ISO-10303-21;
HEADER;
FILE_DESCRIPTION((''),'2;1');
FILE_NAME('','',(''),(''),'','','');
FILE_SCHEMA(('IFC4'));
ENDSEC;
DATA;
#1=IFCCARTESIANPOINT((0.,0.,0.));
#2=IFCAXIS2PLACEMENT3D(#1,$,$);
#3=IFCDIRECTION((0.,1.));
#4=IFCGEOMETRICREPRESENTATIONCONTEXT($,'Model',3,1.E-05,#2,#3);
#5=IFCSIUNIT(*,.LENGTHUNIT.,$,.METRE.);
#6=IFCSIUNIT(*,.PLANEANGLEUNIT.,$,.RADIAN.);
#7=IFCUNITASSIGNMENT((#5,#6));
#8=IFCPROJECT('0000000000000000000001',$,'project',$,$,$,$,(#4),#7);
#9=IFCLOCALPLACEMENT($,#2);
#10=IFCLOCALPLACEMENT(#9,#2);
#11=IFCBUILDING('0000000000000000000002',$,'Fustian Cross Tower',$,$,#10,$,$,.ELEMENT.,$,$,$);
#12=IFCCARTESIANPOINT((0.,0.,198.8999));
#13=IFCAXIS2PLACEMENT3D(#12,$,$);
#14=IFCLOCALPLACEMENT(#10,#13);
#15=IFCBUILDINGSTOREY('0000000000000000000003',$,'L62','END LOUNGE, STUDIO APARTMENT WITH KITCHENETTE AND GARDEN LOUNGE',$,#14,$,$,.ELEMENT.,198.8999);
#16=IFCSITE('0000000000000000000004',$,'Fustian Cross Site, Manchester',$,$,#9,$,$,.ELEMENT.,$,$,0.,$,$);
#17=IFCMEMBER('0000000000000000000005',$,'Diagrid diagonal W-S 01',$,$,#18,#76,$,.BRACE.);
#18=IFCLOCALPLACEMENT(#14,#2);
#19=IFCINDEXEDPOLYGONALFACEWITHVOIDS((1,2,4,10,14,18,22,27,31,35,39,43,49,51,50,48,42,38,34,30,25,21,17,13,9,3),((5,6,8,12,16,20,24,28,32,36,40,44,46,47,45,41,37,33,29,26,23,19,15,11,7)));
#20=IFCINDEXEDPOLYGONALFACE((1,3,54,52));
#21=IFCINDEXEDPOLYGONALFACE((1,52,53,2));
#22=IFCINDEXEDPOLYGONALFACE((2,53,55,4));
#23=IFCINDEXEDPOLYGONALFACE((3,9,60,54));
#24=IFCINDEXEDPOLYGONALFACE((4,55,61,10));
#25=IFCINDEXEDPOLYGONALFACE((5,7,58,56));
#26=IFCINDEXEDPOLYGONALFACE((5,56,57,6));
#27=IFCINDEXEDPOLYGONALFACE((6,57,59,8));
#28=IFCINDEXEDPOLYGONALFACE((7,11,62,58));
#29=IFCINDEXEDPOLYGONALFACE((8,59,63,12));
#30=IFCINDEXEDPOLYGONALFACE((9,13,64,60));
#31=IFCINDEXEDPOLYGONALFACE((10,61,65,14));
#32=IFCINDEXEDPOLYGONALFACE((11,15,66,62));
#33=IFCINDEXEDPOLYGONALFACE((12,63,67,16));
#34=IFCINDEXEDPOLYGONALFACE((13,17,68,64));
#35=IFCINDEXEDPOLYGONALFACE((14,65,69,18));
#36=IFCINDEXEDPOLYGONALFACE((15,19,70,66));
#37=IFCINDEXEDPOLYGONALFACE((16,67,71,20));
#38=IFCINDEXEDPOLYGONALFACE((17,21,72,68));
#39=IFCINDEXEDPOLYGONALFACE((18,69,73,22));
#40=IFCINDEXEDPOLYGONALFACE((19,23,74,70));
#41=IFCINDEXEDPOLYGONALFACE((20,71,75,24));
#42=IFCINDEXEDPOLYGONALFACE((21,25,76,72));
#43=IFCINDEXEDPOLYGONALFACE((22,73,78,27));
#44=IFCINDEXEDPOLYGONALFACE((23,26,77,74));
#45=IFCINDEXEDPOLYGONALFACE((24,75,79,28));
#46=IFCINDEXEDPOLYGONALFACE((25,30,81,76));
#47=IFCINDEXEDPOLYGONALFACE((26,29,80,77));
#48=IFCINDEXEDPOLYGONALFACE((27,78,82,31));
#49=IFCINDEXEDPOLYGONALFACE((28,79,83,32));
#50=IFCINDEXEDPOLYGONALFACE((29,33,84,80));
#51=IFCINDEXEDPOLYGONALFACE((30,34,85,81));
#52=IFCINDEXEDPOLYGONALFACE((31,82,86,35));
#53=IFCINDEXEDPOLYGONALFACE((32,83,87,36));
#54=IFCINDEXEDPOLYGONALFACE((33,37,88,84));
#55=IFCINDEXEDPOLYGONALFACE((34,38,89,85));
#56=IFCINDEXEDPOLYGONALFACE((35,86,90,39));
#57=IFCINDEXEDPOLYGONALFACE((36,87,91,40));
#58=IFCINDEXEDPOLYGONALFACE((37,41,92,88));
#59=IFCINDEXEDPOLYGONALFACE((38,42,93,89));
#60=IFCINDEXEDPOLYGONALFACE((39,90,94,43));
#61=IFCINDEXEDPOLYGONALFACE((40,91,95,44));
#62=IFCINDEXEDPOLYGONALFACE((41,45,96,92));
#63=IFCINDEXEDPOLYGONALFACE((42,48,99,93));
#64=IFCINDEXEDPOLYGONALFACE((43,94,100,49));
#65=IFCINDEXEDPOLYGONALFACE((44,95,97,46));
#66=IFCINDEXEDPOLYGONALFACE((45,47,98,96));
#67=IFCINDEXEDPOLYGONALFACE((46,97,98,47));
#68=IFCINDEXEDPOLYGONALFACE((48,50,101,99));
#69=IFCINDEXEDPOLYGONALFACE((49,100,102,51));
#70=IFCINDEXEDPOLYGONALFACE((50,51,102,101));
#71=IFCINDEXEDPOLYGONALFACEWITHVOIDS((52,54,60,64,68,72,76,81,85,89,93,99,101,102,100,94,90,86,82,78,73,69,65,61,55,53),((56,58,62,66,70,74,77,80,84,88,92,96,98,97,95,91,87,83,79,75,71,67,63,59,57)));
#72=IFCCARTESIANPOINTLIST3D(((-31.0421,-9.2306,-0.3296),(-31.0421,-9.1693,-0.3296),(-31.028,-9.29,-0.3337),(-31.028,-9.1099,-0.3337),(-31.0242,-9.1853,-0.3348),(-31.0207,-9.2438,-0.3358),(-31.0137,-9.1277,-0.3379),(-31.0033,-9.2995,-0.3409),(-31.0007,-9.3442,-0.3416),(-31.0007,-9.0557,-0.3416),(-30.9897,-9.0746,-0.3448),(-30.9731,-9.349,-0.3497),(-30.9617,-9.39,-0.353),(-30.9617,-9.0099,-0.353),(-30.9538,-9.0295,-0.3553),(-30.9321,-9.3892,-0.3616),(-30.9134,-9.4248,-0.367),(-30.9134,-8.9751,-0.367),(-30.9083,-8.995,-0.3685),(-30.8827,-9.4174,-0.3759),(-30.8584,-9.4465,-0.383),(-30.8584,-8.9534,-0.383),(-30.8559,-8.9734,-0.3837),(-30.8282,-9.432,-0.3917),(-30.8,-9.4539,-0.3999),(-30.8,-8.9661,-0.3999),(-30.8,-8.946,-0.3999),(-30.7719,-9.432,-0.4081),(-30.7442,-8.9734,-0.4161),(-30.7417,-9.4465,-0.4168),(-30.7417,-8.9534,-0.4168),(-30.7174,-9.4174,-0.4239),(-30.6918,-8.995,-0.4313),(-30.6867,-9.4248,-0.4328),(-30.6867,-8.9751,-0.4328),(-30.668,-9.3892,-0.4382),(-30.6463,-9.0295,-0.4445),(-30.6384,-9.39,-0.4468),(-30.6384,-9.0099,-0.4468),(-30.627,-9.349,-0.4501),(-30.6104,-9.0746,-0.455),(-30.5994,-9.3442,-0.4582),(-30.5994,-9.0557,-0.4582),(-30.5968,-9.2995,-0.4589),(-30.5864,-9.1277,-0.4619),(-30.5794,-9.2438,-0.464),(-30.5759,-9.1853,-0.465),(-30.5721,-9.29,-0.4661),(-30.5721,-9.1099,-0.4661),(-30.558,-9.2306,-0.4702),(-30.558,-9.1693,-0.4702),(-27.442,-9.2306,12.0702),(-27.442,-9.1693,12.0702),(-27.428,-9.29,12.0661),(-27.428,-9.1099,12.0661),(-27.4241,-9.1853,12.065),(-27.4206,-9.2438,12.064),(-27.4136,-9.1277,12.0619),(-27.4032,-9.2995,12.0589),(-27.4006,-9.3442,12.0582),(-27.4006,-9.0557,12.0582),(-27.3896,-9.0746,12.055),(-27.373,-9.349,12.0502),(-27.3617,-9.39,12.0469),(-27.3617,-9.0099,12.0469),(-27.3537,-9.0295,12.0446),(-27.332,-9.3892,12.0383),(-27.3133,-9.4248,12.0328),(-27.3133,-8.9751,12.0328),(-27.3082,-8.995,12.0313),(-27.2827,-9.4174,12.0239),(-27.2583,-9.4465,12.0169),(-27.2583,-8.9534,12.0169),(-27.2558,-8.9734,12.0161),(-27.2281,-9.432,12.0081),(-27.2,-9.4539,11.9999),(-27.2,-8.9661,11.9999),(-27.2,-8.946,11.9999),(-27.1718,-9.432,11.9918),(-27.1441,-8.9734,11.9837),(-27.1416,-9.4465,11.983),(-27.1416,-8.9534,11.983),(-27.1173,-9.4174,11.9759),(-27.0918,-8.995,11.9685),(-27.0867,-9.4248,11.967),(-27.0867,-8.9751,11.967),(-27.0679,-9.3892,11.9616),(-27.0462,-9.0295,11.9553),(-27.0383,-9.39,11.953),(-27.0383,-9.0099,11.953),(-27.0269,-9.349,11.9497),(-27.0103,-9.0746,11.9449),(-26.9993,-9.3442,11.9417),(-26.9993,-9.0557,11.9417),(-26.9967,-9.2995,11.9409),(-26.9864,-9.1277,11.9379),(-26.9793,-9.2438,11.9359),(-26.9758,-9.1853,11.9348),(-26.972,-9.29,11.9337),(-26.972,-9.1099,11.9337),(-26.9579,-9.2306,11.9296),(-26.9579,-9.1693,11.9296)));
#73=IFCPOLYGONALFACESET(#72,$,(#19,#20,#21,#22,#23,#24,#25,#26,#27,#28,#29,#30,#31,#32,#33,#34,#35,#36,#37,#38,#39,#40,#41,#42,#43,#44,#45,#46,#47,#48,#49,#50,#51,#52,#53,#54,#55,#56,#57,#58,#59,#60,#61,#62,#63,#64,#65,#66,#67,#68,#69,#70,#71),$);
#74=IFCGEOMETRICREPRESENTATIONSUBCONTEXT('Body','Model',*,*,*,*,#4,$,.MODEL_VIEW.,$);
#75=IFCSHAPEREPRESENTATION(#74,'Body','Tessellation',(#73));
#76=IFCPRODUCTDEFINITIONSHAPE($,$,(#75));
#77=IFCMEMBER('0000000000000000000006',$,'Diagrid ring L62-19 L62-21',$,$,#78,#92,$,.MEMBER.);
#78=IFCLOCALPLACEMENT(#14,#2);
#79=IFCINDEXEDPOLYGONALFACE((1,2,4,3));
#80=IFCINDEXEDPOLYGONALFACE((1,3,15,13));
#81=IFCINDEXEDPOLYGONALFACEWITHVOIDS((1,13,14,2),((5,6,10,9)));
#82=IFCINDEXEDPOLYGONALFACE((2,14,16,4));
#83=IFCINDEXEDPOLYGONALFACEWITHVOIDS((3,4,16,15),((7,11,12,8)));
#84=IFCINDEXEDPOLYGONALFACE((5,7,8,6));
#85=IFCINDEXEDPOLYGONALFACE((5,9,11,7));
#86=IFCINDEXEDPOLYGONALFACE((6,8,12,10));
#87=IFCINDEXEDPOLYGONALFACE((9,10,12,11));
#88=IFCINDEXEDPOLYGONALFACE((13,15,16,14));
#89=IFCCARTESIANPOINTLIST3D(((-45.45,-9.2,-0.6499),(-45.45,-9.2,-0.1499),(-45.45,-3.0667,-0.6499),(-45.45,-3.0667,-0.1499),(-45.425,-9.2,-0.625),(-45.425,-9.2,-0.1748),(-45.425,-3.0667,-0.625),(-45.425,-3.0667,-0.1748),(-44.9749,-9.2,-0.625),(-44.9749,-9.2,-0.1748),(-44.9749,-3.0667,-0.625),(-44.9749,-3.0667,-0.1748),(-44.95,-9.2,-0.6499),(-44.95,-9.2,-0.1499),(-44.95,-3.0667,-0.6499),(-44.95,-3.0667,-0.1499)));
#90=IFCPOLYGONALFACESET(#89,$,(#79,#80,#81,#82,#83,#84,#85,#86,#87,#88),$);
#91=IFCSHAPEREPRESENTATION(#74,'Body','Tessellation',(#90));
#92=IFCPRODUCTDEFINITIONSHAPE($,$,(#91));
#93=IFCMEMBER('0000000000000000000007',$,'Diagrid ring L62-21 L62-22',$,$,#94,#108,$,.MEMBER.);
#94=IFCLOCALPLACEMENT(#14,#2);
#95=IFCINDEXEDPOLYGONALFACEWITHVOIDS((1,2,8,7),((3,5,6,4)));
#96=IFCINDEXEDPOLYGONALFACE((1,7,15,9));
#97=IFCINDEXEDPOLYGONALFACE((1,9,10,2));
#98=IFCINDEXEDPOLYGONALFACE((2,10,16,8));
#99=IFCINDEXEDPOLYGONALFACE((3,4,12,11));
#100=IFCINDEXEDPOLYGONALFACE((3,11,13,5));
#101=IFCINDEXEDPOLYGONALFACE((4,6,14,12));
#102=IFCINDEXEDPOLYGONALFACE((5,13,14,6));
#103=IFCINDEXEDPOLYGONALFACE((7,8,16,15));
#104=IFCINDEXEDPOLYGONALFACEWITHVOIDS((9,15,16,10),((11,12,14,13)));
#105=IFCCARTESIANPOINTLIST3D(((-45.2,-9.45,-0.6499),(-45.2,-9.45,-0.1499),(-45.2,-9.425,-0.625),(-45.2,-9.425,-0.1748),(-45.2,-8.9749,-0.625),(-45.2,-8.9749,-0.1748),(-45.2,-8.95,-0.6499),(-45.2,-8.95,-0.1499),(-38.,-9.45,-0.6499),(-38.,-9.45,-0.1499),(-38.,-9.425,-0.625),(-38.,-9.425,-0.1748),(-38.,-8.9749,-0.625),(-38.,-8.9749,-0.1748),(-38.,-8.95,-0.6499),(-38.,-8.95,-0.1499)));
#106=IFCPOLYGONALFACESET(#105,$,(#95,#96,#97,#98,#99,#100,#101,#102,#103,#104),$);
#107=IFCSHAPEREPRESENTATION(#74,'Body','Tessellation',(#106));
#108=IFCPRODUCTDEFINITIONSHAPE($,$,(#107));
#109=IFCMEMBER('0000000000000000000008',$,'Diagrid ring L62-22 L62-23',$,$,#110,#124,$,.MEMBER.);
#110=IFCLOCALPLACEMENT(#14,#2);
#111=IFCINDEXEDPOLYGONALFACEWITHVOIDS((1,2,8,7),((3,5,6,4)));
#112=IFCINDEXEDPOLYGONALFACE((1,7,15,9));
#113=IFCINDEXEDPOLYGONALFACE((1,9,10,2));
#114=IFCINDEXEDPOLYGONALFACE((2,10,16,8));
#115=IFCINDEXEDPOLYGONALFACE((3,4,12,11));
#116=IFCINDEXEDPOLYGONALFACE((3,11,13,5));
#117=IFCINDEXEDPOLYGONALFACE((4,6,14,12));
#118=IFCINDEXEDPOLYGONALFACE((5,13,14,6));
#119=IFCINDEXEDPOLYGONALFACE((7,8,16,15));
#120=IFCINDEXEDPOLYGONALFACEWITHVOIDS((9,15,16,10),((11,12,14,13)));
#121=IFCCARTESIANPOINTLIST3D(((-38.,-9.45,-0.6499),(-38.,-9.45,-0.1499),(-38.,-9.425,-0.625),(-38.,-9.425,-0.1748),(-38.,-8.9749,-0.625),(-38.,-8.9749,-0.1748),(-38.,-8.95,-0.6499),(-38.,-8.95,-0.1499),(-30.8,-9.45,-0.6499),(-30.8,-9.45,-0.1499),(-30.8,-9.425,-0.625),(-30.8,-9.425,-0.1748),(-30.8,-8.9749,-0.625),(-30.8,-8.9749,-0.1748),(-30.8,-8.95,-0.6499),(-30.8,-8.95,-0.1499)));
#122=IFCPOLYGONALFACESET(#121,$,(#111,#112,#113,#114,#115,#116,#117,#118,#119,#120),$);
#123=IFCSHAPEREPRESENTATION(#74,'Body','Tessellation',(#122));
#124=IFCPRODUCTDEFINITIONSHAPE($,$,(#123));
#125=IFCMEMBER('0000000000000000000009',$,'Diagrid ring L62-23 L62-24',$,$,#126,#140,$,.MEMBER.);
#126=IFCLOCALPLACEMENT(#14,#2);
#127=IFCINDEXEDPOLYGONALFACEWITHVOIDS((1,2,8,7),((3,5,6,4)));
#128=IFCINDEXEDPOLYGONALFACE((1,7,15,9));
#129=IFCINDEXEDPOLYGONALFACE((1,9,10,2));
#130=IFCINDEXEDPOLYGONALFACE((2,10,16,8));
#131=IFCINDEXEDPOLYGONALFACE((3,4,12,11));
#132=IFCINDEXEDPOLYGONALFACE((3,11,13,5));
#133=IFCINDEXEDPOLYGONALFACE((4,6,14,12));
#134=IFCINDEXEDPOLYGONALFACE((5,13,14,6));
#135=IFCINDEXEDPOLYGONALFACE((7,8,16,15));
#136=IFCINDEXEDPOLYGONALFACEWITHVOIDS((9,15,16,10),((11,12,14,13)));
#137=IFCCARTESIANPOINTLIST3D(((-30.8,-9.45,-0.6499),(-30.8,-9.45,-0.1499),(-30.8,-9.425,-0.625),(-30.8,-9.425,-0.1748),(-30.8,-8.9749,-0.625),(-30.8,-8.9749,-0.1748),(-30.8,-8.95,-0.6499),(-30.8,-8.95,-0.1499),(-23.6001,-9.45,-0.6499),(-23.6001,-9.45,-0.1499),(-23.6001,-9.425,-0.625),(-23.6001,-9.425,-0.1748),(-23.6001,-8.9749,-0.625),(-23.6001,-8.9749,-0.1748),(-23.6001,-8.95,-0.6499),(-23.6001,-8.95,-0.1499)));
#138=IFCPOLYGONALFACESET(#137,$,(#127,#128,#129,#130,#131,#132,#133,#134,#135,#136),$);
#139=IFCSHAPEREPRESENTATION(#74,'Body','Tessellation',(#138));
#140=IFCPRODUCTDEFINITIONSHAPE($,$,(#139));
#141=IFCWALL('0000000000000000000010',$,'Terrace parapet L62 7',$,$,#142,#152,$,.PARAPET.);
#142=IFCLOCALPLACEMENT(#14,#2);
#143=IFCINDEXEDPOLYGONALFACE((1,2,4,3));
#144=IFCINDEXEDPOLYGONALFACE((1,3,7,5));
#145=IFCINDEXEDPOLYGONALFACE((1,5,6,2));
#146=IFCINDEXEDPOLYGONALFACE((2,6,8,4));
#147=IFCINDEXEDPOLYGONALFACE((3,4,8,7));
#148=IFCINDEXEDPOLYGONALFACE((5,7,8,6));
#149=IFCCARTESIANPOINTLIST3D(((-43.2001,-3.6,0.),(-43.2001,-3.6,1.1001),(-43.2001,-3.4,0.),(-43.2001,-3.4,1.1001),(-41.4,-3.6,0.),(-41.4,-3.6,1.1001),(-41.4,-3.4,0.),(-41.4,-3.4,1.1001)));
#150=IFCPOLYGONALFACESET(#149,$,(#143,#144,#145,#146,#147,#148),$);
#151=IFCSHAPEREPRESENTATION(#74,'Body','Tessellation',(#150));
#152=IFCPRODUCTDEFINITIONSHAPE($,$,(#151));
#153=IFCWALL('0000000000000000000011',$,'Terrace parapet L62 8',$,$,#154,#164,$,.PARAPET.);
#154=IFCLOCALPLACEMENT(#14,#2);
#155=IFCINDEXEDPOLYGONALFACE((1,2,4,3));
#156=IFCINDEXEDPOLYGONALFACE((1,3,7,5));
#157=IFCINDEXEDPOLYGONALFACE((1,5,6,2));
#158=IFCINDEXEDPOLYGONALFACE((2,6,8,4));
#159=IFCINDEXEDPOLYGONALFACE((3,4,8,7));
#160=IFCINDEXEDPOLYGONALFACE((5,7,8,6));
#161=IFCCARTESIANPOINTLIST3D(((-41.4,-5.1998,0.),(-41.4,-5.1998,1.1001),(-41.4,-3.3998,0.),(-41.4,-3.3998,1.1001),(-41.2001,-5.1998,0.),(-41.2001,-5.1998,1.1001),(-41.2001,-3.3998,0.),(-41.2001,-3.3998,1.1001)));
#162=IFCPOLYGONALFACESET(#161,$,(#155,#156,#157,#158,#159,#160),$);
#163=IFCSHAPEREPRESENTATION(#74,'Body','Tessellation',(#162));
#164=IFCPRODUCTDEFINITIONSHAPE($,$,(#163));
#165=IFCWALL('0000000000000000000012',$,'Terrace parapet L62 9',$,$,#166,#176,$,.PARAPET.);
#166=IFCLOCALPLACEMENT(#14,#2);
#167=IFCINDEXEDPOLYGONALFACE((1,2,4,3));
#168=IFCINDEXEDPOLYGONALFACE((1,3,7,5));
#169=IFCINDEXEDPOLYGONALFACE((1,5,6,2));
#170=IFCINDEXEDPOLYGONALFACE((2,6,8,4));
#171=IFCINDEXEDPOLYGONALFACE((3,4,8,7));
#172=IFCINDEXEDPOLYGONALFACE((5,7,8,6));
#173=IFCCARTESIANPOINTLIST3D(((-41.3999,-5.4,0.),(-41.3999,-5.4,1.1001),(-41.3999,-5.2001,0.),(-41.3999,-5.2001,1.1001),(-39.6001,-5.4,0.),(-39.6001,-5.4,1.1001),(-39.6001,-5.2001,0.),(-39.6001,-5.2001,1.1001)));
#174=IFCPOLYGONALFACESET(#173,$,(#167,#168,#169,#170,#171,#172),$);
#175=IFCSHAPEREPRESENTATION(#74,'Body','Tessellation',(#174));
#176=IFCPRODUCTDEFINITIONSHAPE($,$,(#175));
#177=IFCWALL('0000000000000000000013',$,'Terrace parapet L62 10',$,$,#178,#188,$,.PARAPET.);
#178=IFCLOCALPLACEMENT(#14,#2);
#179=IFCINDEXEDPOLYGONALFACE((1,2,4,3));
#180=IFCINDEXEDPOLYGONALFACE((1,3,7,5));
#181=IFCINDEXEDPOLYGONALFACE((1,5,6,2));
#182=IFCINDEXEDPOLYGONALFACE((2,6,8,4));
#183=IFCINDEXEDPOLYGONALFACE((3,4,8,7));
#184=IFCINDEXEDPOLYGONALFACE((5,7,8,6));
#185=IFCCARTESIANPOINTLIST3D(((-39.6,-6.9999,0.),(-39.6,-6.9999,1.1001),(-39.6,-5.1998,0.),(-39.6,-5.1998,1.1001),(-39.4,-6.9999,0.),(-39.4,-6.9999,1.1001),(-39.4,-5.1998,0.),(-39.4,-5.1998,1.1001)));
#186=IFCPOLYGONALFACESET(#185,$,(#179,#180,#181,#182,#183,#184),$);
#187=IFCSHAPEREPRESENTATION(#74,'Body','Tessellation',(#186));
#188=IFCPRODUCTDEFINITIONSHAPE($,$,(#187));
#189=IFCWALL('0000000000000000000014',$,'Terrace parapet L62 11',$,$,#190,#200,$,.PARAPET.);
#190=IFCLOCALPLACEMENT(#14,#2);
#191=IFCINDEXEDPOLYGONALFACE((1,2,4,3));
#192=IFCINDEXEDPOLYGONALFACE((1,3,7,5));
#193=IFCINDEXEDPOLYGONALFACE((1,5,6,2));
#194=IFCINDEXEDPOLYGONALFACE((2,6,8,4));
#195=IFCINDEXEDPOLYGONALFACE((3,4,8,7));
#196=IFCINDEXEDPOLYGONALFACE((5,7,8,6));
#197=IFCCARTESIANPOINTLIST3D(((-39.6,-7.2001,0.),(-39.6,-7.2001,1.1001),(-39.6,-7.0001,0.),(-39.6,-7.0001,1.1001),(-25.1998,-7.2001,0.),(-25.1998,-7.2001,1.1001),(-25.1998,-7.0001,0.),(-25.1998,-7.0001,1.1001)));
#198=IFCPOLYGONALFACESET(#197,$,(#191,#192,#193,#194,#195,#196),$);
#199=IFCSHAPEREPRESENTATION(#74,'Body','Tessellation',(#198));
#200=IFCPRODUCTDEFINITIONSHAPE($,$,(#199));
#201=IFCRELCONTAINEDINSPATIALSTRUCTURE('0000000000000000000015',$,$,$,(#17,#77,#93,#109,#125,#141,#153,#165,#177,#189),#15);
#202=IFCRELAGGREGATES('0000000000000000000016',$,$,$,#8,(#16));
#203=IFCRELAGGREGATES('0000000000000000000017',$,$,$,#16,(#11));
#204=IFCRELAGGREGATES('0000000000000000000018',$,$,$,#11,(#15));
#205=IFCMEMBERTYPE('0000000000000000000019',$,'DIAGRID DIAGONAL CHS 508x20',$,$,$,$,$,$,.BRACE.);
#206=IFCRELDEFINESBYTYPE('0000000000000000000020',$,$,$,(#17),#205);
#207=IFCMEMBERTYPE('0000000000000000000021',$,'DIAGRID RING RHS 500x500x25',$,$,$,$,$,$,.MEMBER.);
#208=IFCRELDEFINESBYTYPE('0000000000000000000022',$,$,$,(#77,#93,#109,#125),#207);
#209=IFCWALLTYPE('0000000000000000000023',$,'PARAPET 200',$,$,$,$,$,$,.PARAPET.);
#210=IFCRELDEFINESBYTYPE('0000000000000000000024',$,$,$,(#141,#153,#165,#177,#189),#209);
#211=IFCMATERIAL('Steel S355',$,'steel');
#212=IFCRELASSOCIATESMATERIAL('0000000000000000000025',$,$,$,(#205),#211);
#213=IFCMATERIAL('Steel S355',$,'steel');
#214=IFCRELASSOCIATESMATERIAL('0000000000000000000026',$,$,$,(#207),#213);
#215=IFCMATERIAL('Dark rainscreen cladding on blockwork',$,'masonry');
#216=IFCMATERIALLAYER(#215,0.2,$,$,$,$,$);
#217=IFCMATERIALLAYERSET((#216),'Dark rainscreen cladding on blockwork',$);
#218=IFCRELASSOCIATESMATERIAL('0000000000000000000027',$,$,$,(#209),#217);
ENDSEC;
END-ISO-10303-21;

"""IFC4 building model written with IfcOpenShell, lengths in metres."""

from ifc_helpers import new_model, si_unit, direction, frame, frame_2d, origin, origin_2d, place, context, subcontext, project, spatial, rectangle, hollow_rectangle, hollow_circle, extrude, material, layer, layer_set, material_profile, profile_set, type_object, element, save


model = new_model("IFC4")

# Units and contexts
model_context = context("Model", 3, precision=1e-05, world=origin(), true_north=direction((0.0, 1.0)))
body_context = subcontext(model_context, "Body", "Model", "MODEL_VIEW")
ifc_project = project(units=[si_unit("LENGTHUNIT", "METRE"), si_unit("PLANEANGLEUNIT", "RADIAN")], contexts=[model_context])

# Site, building, storey
site_placement = place(None, origin())
site = spatial("IfcSite", under=ifc_project, at=site_placement, Name="Fustian Cross Site, Manchester", CompositionType="ELEMENT", RefElevation=0.0)
building_placement = place(site_placement, origin())
building = spatial("IfcBuilding", under=site, at=building_placement, Name="Fustian Cross Tower", CompositionType="ELEMENT")
storey_placement = place(building_placement, frame((0.0, 0.0, 198.8999)))
storey = spatial("IfcBuildingStorey", under=building, at=storey_placement, Name="L62", Description="END LOUNGE, STUDIO APARTMENT WITH KITCHENETTE AND GARDEN LOUNGE", CompositionType="ELEMENT", Elevation=198.8999)

# Members
ifc_material_1 = material(Name="Steel S355", Category="steel")
ifc_material_profile_1 = material_profile(ifc_material_1, hollow_circle(Radius=0.2539, WallThickness=0.02, at=origin_2d()), Name="CHS 508x20")
ifc_profile_set_1 = profile_set([ifc_material_profile_1], Name="Steel S355")
member_type_1 = type_object("IfcMemberType", Name="DIAGRID DIAGONAL CHS 508x20", PredefinedType="BRACE", material=ifc_profile_set_1)
member_1_placement = place(storey_placement, frame((-30.8, -9.2, -0.3999), z_axis=(0.278819, 0.0, 0.960344), x_axis=(0.0, 1.0, 0.0)))
element("IfcMember", 1, at=member_1_placement, inside=storey, type_object=member_type_1, Name="Diagrid diagonal W-S 01", PredefinedType="BRACE", context=body_context, shape_type="SweptSolid", body=[
    extrude(hollow_circle(Radius=0.2539, WallThickness=0.02, at=origin_2d()), origin(), (0.0, 0.0, 1.0), 12.9119),
])
ifc_material_2 = material(Name="Steel S355", Category="steel")
ifc_material_profile_2 = material_profile(ifc_material_2, hollow_rectangle(XDim=0.5, YDim=0.5, WallThickness=0.0249, at=origin_2d()), Name="RHS 500x500x25")
ifc_profile_set_2 = profile_set([ifc_material_profile_2], Name="Steel S355")
member_type_2 = type_object("IfcMemberType", Name="DIAGRID RING RHS 500x500x25", PredefinedType="MEMBER", material=ifc_profile_set_2)
member_2_placement = place(storey_placement, frame((-45.2, -3.0667, -0.3999), z_axis=(0.0, -1.0, 0.0), x_axis=(1.0, 0.0, 0.0)))
element("IfcMember", 2, at=member_2_placement, inside=storey, type_object=member_type_2, Name="Diagrid ring L62-19 L62-21", PredefinedType="MEMBER", context=body_context, shape_type="SweptSolid", body=[
    extrude(hollow_rectangle(XDim=0.5, YDim=0.5, WallThickness=0.0249, at=origin_2d()), origin(), (0.0, 0.0, 1.0), 6.1333),
])
for number, where, z_axis, x_axis, name in (
    (3, (-45.2, -9.2, -0.3999), (1.0, 0.0, 0.0), (0.0, 1.0, 0.0), "Diagrid ring L62-21 L62-22"),
    (4, (-38.0, -9.2, -0.3999), (1.0, 0.0, 0.0), (0.0, 1.0, 0.0), "Diagrid ring L62-22 L62-23"),
    (5, (-30.8, -9.2, -0.3999), (1.0, 0.0, 0.0), (0.0, 1.0, 0.0), "Diagrid ring L62-23 L62-24"),
):
    element("IfcMember", number, at=place(storey_placement, frame(where, z_axis=z_axis, x_axis=x_axis)), inside=storey, type_object=member_type_2, Name=name, PredefinedType="MEMBER", context=body_context, shape_type="SweptSolid", body=[
        extrude(hollow_rectangle(XDim=0.5, YDim=0.5, WallThickness=0.0249, at=origin_2d()), origin(), (0.0, 0.0, 1.0), 7.2),
    ])

# Walls
ifc_material_3 = material(Name="Dark rainscreen cladding on blockwork", Category="masonry")
ifc_layer_1 = layer(ifc_material_3, 0.2)
ifc_layer_set_1 = layer_set([ifc_layer_1], Name="Dark rainscreen cladding on blockwork")
wall_type_1 = type_object("IfcWallType", Name="PARAPET 200", PredefinedType="PARAPET", material=ifc_layer_set_1)
for number, where, z_axis, x_axis, name in (
    (6, (-43.2, -3.5, 0.0), (0.0, 0.0, 1.0), (1.0, 0.0, 0.0), "Terrace parapet L62 7"),
    (7, (-41.3, -3.3999, 0.0), (0.0, 0.0, 1.0), (0.0, -1.0, 0.0), "Terrace parapet L62 8"),
):
    element("IfcWall", number, at=place(storey_placement, frame(where, z_axis=z_axis, x_axis=x_axis)), inside=storey, type_object=wall_type_1, Name=name, PredefinedType="PARAPET", context=body_context, shape_type="SweptSolid", body=[
        extrude(rectangle(XDim=1.8, YDim=0.2, at=frame_2d((0.8999, 0.0))), origin(), (0.0, 0.0, 1.0), 1.1001),
    ])
wall_1_placement = place(storey_placement, frame((-41.3999, -5.3, 0.0), z_axis=(0.0, 0.0, 1.0), x_axis=(1.0, 0.0, 0.0)))
element("IfcWall", 8, at=wall_1_placement, inside=storey, type_object=wall_type_1, Name="Terrace parapet L62 9", PredefinedType="PARAPET", context=body_context, shape_type="SweptSolid", body=[
    extrude(rectangle(XDim=1.7998, YDim=0.2, at=frame_2d((0.8999, 0.0))), origin(), (0.0, 0.0, 1.0), 1.1001),
])
wall_2_placement = place(storey_placement, frame((-39.5, -5.2, 0.0), z_axis=(0.0, 0.0, 1.0), x_axis=(0.0, -1.0, 0.0)))
element("IfcWall", 9, at=wall_2_placement, inside=storey, type_object=wall_type_1, Name="Terrace parapet L62 10", PredefinedType="PARAPET", context=body_context, shape_type="SweptSolid", body=[
    extrude(rectangle(XDim=1.8, YDim=0.2, at=frame_2d((0.8999, 0.0))), origin(), (0.0, 0.0, 1.0), 1.1001),
])
wall_3_placement = place(storey_placement, frame((-39.6001, -7.1001, 0.0), z_axis=(0.0, 0.0, 1.0), x_axis=(1.0, 0.0, 0.0)))
element("IfcWall", 10, at=wall_3_placement, inside=storey, type_object=wall_type_1, Name="Terrace parapet L62 11", PredefinedType="PARAPET", context=body_context, shape_type="SweptSolid", body=[
    extrude(rectangle(XDim=14.4001, YDim=0.2, at=frame_2d((7.2002, 0.0))), origin(), (0.0, 0.0, 1.0), 1.1001),
])

save(model, "model.ifc")
